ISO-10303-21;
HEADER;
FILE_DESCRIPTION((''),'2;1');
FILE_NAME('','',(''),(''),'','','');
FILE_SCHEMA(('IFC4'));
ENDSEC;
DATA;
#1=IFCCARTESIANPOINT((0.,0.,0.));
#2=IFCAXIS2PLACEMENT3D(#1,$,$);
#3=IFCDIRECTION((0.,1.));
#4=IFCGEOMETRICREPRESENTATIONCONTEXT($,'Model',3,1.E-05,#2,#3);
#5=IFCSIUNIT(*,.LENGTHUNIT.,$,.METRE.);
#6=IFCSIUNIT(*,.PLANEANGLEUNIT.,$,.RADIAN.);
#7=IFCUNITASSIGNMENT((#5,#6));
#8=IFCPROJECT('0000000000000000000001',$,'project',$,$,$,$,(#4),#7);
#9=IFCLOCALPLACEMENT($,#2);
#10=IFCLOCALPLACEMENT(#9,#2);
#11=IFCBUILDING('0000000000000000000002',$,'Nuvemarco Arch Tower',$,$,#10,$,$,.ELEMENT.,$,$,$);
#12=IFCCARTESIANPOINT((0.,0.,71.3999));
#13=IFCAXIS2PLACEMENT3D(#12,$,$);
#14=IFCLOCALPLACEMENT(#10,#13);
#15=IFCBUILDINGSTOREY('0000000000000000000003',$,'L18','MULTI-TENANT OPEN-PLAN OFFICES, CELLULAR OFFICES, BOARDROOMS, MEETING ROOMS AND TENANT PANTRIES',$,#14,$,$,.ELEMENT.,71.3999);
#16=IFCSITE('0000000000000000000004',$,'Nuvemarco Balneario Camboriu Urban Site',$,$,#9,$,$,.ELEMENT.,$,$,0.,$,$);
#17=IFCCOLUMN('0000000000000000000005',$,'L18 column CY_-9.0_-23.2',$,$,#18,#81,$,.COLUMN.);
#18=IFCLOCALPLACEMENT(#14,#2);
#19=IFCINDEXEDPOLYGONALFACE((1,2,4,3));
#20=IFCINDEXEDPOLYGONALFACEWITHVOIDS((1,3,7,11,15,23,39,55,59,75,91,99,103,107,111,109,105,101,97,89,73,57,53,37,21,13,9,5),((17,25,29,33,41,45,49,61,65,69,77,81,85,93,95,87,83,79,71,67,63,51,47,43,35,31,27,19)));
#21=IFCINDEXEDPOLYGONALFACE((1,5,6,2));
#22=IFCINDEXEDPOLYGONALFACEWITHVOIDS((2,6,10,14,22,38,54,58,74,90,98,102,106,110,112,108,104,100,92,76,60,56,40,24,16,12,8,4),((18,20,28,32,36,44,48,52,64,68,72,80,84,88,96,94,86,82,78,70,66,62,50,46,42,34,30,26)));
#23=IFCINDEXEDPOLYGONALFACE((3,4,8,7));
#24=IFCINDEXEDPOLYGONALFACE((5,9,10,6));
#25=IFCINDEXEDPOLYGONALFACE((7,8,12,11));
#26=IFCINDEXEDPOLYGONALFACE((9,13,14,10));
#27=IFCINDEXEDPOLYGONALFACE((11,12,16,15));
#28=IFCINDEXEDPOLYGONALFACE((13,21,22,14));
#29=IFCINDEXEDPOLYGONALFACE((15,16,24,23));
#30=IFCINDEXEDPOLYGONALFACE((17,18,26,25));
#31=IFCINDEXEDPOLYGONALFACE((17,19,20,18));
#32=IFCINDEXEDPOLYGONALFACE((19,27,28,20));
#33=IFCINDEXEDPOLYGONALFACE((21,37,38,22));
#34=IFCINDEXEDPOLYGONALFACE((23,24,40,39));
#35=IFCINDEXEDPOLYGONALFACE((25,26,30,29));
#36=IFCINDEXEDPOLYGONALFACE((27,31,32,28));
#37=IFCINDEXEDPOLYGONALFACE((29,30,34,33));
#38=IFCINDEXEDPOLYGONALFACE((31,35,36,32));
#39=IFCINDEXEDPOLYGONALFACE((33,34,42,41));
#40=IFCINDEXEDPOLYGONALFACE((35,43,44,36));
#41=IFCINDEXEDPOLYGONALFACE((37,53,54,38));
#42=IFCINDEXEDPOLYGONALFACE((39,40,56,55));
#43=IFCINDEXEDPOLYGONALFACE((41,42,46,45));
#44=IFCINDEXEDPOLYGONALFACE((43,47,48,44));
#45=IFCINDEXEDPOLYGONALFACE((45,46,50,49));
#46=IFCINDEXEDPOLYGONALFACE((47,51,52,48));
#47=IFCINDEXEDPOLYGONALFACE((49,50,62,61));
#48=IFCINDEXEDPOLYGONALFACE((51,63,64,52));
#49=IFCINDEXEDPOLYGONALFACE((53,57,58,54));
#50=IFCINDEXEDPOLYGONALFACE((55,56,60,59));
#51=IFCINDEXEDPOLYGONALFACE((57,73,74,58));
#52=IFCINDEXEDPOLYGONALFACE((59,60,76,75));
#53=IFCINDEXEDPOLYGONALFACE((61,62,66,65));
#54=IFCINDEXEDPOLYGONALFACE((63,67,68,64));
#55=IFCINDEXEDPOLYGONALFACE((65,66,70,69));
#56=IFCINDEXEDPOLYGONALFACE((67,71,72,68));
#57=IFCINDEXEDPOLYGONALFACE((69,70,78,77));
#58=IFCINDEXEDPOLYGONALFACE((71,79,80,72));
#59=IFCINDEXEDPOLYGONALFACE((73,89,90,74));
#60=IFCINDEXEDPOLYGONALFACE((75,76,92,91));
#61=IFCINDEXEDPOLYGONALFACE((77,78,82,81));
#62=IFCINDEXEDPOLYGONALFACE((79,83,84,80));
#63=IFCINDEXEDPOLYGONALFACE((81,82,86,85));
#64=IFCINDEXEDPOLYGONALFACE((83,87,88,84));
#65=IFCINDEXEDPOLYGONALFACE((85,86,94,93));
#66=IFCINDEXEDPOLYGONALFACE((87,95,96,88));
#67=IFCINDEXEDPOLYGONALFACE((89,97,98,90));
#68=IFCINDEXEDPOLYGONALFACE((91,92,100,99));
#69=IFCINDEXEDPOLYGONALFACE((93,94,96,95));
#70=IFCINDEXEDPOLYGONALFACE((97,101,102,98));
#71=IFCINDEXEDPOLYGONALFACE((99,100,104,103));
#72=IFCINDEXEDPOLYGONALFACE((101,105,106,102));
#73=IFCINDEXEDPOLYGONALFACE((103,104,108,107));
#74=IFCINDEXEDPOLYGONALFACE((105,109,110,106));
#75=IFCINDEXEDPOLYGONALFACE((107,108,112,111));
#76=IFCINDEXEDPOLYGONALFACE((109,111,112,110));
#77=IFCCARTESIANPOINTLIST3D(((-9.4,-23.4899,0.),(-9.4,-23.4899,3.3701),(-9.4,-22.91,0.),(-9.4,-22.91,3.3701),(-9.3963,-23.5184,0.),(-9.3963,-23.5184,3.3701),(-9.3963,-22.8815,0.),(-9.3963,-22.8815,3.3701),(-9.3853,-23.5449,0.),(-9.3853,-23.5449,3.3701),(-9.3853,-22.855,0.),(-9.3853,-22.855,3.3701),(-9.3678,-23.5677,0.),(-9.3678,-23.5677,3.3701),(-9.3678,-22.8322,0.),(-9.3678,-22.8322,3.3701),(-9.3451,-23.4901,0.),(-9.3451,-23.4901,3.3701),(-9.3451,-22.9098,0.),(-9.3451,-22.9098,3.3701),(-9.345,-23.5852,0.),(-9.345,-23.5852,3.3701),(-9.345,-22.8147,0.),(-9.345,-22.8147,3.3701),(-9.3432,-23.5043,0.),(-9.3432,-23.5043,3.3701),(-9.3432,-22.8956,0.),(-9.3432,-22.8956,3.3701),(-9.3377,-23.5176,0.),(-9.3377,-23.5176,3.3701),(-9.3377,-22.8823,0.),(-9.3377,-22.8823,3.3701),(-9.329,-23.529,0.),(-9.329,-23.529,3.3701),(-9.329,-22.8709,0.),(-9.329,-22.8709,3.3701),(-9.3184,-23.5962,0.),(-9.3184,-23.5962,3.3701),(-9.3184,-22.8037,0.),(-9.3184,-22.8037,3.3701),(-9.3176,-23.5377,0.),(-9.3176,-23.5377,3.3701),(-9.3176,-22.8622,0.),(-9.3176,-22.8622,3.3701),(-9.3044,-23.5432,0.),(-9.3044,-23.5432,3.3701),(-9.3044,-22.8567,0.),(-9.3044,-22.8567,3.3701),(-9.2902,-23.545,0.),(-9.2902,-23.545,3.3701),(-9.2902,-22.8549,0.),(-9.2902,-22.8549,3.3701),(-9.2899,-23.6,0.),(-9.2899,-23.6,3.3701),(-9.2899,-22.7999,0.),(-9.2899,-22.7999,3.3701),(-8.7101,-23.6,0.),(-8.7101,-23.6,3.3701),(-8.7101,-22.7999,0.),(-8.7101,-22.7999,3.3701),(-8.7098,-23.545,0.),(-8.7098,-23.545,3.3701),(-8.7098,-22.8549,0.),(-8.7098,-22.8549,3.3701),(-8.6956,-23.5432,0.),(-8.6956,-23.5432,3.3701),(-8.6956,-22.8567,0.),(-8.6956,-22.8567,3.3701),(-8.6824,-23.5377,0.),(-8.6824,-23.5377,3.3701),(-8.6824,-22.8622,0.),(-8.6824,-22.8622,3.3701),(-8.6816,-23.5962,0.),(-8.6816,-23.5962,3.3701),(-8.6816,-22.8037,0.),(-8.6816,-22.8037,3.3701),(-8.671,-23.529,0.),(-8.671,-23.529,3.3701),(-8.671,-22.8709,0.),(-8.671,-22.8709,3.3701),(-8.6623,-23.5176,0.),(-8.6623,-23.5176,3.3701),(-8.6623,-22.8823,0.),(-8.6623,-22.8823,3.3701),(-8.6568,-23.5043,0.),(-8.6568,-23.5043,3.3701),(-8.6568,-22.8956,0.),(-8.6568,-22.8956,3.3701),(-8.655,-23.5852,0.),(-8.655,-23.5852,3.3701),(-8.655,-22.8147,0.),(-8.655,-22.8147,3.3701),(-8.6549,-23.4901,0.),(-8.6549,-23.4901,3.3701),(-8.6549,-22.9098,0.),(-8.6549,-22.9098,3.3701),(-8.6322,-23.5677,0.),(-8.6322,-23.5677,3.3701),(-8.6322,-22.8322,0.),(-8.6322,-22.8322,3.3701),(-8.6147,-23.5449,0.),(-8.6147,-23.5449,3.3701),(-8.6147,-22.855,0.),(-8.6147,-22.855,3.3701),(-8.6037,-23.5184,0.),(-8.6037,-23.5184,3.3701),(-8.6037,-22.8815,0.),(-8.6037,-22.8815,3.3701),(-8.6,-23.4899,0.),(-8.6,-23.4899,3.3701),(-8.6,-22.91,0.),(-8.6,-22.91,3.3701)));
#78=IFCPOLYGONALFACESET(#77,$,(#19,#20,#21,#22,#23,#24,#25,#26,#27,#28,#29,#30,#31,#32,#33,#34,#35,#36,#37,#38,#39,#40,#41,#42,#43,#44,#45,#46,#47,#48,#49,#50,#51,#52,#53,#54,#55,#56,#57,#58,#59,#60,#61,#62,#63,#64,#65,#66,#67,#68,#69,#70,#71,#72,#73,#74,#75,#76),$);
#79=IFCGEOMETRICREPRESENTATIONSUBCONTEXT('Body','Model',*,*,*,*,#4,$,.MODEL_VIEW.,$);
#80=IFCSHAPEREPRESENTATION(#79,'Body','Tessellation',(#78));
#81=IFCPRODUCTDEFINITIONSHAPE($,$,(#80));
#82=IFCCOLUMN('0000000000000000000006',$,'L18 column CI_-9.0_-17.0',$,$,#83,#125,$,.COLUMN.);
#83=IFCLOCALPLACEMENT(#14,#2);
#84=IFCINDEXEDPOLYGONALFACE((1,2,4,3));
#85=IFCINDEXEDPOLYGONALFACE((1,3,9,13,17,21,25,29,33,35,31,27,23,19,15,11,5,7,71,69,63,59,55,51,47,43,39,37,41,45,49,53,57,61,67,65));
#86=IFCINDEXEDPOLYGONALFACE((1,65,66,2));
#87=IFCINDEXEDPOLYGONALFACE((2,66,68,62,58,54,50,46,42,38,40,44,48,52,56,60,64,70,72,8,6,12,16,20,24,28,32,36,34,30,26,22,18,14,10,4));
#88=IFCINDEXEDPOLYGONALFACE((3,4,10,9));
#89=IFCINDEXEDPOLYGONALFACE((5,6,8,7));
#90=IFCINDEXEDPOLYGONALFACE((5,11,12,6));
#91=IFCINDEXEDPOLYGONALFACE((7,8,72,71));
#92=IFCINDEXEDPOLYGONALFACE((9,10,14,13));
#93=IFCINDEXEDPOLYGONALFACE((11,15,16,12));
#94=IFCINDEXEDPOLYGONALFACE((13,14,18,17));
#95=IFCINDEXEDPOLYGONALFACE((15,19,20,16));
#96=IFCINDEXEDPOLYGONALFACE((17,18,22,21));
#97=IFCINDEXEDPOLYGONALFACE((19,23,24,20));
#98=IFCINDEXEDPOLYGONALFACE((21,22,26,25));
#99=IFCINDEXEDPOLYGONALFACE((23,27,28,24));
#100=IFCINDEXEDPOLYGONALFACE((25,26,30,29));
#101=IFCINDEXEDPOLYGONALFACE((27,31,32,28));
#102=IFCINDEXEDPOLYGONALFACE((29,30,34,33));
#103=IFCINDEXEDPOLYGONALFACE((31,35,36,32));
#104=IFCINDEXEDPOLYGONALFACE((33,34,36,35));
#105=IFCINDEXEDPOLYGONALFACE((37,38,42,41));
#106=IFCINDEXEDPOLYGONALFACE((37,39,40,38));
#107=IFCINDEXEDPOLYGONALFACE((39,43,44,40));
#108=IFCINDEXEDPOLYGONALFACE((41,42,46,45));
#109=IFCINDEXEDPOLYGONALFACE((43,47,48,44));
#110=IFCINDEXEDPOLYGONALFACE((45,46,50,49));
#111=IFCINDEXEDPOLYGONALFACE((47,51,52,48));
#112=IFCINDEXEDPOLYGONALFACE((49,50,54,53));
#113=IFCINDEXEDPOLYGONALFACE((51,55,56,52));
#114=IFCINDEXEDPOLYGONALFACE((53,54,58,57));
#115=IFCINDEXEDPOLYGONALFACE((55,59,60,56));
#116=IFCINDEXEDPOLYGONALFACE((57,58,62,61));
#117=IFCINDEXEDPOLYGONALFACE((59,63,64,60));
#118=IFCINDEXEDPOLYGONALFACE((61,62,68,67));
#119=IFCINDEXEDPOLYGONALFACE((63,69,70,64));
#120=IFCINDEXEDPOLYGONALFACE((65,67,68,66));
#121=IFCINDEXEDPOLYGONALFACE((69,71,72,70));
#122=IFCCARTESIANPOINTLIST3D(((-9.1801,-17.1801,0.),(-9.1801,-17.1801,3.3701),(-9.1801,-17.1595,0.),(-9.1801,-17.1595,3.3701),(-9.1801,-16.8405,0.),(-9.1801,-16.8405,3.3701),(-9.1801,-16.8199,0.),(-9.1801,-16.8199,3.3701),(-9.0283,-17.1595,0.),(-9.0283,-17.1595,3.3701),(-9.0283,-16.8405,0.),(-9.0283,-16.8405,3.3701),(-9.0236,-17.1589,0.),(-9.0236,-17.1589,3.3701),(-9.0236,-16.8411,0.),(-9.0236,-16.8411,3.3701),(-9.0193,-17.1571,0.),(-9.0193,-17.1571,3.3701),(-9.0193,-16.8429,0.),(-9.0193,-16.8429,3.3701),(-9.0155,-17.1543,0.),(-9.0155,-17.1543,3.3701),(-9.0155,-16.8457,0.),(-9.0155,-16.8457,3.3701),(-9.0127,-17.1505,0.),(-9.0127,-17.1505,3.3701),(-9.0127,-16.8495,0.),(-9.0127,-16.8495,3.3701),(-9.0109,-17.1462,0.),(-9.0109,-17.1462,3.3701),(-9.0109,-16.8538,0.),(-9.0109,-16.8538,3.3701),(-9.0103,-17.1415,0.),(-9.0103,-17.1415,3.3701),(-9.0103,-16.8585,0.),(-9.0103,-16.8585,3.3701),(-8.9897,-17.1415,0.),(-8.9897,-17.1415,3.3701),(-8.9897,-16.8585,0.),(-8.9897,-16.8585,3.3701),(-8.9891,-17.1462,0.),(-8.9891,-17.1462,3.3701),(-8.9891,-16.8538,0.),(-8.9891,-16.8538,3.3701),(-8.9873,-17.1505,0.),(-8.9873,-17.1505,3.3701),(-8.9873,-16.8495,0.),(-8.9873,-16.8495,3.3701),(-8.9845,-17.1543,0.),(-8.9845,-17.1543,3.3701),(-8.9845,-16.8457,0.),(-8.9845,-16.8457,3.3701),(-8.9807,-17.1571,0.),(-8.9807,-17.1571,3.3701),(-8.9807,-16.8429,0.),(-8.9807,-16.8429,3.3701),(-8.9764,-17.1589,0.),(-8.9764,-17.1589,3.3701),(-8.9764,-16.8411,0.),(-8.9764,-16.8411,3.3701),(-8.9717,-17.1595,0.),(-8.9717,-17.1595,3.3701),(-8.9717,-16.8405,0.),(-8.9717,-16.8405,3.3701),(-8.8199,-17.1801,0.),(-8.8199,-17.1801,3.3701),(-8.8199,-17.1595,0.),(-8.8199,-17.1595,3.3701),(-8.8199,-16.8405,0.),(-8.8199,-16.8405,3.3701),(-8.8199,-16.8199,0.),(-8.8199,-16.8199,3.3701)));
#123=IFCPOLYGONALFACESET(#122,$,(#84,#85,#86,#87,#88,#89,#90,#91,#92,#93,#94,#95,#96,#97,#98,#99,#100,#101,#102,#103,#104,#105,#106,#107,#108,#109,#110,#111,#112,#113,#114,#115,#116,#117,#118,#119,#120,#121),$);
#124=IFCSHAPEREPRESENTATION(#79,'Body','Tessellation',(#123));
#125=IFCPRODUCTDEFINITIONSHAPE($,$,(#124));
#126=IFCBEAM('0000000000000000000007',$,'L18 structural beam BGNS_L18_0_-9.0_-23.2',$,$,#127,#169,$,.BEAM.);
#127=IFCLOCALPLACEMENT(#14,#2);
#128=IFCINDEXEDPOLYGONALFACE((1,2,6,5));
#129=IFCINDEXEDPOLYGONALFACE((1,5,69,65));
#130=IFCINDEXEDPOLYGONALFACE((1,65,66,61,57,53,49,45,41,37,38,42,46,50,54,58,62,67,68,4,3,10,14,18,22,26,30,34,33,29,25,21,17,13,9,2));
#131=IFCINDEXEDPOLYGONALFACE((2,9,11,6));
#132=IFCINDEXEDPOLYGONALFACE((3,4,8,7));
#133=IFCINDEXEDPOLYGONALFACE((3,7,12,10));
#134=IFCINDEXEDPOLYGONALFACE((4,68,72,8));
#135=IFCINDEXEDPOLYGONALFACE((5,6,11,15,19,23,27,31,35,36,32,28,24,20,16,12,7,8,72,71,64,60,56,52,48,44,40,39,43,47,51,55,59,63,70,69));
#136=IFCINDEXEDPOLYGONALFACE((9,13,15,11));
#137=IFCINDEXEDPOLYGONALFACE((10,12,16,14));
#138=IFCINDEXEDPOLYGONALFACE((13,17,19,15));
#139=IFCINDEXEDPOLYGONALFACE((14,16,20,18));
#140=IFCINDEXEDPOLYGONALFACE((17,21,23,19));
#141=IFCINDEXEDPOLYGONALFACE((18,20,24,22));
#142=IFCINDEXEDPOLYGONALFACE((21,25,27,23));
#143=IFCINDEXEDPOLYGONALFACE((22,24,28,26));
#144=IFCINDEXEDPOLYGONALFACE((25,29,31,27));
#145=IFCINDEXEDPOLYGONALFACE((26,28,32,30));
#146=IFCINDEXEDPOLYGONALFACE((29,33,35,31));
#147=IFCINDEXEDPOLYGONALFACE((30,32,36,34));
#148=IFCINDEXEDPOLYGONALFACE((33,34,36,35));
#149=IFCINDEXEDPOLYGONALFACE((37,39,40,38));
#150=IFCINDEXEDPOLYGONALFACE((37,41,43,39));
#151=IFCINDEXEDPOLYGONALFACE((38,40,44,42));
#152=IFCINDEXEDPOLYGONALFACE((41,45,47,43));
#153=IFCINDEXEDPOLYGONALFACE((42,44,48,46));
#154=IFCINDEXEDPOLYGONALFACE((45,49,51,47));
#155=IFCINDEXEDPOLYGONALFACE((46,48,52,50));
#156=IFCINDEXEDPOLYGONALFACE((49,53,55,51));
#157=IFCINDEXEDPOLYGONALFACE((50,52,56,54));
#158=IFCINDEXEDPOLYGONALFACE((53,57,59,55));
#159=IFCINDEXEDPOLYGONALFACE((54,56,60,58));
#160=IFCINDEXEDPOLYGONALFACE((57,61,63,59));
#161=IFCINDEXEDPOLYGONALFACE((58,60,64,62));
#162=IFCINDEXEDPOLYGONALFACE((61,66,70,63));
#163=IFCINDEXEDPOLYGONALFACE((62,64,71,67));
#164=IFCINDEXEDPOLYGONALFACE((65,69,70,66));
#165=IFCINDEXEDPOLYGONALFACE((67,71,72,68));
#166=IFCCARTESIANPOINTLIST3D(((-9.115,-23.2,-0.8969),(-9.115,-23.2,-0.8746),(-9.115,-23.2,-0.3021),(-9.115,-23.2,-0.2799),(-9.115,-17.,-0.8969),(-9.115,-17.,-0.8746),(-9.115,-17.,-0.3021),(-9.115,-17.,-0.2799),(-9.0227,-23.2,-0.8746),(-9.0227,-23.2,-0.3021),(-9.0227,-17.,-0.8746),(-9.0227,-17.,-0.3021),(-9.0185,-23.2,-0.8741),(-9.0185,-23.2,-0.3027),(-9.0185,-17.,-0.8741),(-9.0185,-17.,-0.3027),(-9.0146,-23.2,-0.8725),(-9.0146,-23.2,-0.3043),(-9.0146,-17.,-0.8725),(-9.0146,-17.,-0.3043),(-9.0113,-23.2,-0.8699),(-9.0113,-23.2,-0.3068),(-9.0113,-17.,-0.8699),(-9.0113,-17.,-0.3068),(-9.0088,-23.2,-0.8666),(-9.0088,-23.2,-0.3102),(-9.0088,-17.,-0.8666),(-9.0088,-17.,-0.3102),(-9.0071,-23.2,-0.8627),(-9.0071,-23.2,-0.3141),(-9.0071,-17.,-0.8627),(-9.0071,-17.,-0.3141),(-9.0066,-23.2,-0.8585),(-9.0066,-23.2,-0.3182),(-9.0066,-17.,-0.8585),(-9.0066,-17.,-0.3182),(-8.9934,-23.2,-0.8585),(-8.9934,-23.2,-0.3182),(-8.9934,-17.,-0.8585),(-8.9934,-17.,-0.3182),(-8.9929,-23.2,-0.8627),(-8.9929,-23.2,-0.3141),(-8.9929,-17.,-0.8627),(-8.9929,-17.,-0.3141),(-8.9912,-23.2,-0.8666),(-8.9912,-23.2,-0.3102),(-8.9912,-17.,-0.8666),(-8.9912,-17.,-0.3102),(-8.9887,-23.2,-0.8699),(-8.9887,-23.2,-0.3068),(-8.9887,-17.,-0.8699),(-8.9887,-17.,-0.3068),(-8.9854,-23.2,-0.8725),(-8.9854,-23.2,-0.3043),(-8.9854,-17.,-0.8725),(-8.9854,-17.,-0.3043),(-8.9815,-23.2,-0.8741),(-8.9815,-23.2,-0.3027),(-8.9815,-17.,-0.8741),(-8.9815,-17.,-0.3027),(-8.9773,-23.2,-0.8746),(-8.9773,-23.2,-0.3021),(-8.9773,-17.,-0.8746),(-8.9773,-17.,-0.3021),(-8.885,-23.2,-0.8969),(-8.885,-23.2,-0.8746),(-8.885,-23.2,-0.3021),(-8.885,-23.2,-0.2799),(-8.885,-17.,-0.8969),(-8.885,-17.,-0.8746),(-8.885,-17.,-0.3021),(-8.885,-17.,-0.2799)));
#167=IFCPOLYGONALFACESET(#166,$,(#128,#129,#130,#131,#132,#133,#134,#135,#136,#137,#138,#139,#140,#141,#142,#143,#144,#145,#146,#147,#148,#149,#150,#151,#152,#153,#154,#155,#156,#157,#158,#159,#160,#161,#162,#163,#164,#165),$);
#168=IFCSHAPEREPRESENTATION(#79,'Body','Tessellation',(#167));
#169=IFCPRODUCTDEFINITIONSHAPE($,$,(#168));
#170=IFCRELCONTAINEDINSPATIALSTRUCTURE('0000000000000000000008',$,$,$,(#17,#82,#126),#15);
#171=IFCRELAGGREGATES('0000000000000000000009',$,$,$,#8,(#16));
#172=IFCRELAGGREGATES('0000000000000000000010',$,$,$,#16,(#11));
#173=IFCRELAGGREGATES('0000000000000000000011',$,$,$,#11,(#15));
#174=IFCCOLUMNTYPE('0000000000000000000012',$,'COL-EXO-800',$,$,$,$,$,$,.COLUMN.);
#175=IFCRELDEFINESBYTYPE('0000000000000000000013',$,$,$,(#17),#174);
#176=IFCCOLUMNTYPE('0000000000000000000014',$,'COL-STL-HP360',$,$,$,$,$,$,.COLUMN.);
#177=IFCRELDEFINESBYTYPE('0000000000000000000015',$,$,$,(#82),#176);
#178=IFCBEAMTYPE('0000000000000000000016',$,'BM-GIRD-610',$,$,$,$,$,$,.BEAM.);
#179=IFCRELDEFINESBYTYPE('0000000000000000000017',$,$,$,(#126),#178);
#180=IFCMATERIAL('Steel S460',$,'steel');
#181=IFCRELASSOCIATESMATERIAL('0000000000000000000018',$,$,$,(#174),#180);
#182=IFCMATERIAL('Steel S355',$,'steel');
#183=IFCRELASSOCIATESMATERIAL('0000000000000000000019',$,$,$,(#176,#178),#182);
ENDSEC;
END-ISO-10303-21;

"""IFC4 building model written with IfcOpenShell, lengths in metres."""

from ifc_helpers import new_model, si_unit, direction, frame, origin, origin_2d, place, context, subcontext, project, spatial, hollow_rectangle, i_section, extrude, material, material_profile, profile_set, type_object, element, save


model = new_model("IFC4")

# Units and contexts
model_context = context("Model", 3, precision=1e-05, world=origin(), true_north=direction((0.0, 1.0)))
body_context = subcontext(model_context, "Body", "Model", "MODEL_VIEW")
ifc_project = project(units=[si_unit("LENGTHUNIT", "METRE"), si_unit("PLANEANGLEUNIT", "RADIAN")], contexts=[model_context])

# Site, building, storey
site_placement = place(None, origin())
site = spatial("IfcSite", under=ifc_project, at=site_placement, Name="Nuvemarco Balneario Camboriu Urban Site", CompositionType="ELEMENT", RefElevation=0.0)
building_placement = place(site_placement, origin())
building = spatial("IfcBuilding", under=site, at=building_placement, Name="Nuvemarco Arch Tower", CompositionType="ELEMENT")
storey_placement = place(building_placement, frame((0.0, 0.0, 71.3999)))
storey = spatial("IfcBuildingStorey", under=building, at=storey_placement, Name="L18", Description="MULTI-TENANT OPEN-PLAN OFFICES, CELLULAR OFFICES, BOARDROOMS, MEETING ROOMS AND TENANT PANTRIES", CompositionType="ELEMENT", Elevation=71.3999)

# Columns
ifc_material_1 = material(Name="Steel S460", Category="steel")
ifc_material_profile_1 = material_profile(ifc_material_1, hollow_rectangle(XDim=0.8, YDim=0.8, WallThickness=0.0549, InnerFilletRadius=0.0549, OuterFilletRadius=0.1101, at=origin_2d()), Name="SHS800x800x55")
ifc_profile_set_1 = profile_set([ifc_material_profile_1], Name="Steel S460")
column_type_1 = type_object("IfcColumnType", Name="COL-EXO-800", PredefinedType="COLUMN", material=ifc_profile_set_1)
column_1_placement = place(storey_placement, frame((-9.0, -23.2, 0.0), z_axis=(0.0, 0.0, 1.0), x_axis=(1.0, 0.0, 0.0)))
element("IfcColumn", 1, at=column_1_placement, inside=storey, type_object=column_type_1, Name="L18 column CY_-9.0_-23.2", PredefinedType="COLUMN", context=body_context, shape_type="SweptSolid", body=[
    extrude(hollow_rectangle(XDim=0.8, YDim=0.8, WallThickness=0.0549, InnerFilletRadius=0.0549, OuterFilletRadius=0.1101, at=origin_2d()), origin(), (0.0, 0.0, 1.0), 3.3701),
])
ifc_material_2 = material(Name="Steel S355", Category="steel")
ifc_material_profile_2 = material_profile(ifc_material_2, i_section(OverallWidth=0.3601, OverallDepth=0.3601, WebThickness=0.0205, FlangeThickness=0.0205, FilletRadius=0.0181, at=origin_2d()), Name="HP360x174")
ifc_profile_set_2 = profile_set([ifc_material_profile_2], Name="Steel S355")
column_type_2 = type_object("IfcColumnType", Name="COL-STL-HP360", PredefinedType="COLUMN", material=ifc_profile_set_2)
column_2_placement = place(storey_placement, frame((-9.0, -17.0, 0.0), z_axis=(0.0, 0.0, 1.0), x_axis=(1.0, 0.0, 0.0)))
element("IfcColumn", 2, at=column_2_placement, inside=storey, type_object=column_type_2, Name="L18 column CI_-9.0_-17.0", PredefinedType="COLUMN", context=body_context, shape_type="SweptSolid", body=[
    extrude(i_section(OverallWidth=0.3601, OverallDepth=0.3601, WebThickness=0.0205, FlangeThickness=0.0205, FilletRadius=0.0181, at=origin_2d()), origin(), (0.0, 0.0, 1.0), 3.3701),
])

# Beam
ifc_material_profile_3 = material_profile(ifc_material_2, i_section(OverallWidth=0.23, OverallDepth=0.6169, WebThickness=0.0132, FlangeThickness=0.0222, FilletRadius=0.0161, at=origin_2d()), Name="W610x140")
ifc_profile_set_3 = profile_set([ifc_material_profile_3], Name="Steel S355")
beam_type_1 = type_object("IfcBeamType", Name="BM-GIRD-610", PredefinedType="BEAM", material=ifc_profile_set_3)
beam_1_placement = place(storey_placement, frame((-9.0, -23.2, -0.5884), z_axis=(0.0, 1.0, 0.0), x_axis=(-1.0, 0.0, 0.0)))
element("IfcBeam", 3, at=beam_1_placement, inside=storey, type_object=beam_type_1, Name="L18 structural beam BGNS_L18_0_-9.0_-23.2", PredefinedType="BEAM", context=body_context, shape_type="SweptSolid", body=[
    extrude(i_section(OverallWidth=0.23, OverallDepth=0.6169, WebThickness=0.0132, FlangeThickness=0.0222, FilletRadius=0.0161, at=origin_2d()), origin(), (0.0, 0.0, 1.0), 6.2),
])

save(model, "model.ifc")
